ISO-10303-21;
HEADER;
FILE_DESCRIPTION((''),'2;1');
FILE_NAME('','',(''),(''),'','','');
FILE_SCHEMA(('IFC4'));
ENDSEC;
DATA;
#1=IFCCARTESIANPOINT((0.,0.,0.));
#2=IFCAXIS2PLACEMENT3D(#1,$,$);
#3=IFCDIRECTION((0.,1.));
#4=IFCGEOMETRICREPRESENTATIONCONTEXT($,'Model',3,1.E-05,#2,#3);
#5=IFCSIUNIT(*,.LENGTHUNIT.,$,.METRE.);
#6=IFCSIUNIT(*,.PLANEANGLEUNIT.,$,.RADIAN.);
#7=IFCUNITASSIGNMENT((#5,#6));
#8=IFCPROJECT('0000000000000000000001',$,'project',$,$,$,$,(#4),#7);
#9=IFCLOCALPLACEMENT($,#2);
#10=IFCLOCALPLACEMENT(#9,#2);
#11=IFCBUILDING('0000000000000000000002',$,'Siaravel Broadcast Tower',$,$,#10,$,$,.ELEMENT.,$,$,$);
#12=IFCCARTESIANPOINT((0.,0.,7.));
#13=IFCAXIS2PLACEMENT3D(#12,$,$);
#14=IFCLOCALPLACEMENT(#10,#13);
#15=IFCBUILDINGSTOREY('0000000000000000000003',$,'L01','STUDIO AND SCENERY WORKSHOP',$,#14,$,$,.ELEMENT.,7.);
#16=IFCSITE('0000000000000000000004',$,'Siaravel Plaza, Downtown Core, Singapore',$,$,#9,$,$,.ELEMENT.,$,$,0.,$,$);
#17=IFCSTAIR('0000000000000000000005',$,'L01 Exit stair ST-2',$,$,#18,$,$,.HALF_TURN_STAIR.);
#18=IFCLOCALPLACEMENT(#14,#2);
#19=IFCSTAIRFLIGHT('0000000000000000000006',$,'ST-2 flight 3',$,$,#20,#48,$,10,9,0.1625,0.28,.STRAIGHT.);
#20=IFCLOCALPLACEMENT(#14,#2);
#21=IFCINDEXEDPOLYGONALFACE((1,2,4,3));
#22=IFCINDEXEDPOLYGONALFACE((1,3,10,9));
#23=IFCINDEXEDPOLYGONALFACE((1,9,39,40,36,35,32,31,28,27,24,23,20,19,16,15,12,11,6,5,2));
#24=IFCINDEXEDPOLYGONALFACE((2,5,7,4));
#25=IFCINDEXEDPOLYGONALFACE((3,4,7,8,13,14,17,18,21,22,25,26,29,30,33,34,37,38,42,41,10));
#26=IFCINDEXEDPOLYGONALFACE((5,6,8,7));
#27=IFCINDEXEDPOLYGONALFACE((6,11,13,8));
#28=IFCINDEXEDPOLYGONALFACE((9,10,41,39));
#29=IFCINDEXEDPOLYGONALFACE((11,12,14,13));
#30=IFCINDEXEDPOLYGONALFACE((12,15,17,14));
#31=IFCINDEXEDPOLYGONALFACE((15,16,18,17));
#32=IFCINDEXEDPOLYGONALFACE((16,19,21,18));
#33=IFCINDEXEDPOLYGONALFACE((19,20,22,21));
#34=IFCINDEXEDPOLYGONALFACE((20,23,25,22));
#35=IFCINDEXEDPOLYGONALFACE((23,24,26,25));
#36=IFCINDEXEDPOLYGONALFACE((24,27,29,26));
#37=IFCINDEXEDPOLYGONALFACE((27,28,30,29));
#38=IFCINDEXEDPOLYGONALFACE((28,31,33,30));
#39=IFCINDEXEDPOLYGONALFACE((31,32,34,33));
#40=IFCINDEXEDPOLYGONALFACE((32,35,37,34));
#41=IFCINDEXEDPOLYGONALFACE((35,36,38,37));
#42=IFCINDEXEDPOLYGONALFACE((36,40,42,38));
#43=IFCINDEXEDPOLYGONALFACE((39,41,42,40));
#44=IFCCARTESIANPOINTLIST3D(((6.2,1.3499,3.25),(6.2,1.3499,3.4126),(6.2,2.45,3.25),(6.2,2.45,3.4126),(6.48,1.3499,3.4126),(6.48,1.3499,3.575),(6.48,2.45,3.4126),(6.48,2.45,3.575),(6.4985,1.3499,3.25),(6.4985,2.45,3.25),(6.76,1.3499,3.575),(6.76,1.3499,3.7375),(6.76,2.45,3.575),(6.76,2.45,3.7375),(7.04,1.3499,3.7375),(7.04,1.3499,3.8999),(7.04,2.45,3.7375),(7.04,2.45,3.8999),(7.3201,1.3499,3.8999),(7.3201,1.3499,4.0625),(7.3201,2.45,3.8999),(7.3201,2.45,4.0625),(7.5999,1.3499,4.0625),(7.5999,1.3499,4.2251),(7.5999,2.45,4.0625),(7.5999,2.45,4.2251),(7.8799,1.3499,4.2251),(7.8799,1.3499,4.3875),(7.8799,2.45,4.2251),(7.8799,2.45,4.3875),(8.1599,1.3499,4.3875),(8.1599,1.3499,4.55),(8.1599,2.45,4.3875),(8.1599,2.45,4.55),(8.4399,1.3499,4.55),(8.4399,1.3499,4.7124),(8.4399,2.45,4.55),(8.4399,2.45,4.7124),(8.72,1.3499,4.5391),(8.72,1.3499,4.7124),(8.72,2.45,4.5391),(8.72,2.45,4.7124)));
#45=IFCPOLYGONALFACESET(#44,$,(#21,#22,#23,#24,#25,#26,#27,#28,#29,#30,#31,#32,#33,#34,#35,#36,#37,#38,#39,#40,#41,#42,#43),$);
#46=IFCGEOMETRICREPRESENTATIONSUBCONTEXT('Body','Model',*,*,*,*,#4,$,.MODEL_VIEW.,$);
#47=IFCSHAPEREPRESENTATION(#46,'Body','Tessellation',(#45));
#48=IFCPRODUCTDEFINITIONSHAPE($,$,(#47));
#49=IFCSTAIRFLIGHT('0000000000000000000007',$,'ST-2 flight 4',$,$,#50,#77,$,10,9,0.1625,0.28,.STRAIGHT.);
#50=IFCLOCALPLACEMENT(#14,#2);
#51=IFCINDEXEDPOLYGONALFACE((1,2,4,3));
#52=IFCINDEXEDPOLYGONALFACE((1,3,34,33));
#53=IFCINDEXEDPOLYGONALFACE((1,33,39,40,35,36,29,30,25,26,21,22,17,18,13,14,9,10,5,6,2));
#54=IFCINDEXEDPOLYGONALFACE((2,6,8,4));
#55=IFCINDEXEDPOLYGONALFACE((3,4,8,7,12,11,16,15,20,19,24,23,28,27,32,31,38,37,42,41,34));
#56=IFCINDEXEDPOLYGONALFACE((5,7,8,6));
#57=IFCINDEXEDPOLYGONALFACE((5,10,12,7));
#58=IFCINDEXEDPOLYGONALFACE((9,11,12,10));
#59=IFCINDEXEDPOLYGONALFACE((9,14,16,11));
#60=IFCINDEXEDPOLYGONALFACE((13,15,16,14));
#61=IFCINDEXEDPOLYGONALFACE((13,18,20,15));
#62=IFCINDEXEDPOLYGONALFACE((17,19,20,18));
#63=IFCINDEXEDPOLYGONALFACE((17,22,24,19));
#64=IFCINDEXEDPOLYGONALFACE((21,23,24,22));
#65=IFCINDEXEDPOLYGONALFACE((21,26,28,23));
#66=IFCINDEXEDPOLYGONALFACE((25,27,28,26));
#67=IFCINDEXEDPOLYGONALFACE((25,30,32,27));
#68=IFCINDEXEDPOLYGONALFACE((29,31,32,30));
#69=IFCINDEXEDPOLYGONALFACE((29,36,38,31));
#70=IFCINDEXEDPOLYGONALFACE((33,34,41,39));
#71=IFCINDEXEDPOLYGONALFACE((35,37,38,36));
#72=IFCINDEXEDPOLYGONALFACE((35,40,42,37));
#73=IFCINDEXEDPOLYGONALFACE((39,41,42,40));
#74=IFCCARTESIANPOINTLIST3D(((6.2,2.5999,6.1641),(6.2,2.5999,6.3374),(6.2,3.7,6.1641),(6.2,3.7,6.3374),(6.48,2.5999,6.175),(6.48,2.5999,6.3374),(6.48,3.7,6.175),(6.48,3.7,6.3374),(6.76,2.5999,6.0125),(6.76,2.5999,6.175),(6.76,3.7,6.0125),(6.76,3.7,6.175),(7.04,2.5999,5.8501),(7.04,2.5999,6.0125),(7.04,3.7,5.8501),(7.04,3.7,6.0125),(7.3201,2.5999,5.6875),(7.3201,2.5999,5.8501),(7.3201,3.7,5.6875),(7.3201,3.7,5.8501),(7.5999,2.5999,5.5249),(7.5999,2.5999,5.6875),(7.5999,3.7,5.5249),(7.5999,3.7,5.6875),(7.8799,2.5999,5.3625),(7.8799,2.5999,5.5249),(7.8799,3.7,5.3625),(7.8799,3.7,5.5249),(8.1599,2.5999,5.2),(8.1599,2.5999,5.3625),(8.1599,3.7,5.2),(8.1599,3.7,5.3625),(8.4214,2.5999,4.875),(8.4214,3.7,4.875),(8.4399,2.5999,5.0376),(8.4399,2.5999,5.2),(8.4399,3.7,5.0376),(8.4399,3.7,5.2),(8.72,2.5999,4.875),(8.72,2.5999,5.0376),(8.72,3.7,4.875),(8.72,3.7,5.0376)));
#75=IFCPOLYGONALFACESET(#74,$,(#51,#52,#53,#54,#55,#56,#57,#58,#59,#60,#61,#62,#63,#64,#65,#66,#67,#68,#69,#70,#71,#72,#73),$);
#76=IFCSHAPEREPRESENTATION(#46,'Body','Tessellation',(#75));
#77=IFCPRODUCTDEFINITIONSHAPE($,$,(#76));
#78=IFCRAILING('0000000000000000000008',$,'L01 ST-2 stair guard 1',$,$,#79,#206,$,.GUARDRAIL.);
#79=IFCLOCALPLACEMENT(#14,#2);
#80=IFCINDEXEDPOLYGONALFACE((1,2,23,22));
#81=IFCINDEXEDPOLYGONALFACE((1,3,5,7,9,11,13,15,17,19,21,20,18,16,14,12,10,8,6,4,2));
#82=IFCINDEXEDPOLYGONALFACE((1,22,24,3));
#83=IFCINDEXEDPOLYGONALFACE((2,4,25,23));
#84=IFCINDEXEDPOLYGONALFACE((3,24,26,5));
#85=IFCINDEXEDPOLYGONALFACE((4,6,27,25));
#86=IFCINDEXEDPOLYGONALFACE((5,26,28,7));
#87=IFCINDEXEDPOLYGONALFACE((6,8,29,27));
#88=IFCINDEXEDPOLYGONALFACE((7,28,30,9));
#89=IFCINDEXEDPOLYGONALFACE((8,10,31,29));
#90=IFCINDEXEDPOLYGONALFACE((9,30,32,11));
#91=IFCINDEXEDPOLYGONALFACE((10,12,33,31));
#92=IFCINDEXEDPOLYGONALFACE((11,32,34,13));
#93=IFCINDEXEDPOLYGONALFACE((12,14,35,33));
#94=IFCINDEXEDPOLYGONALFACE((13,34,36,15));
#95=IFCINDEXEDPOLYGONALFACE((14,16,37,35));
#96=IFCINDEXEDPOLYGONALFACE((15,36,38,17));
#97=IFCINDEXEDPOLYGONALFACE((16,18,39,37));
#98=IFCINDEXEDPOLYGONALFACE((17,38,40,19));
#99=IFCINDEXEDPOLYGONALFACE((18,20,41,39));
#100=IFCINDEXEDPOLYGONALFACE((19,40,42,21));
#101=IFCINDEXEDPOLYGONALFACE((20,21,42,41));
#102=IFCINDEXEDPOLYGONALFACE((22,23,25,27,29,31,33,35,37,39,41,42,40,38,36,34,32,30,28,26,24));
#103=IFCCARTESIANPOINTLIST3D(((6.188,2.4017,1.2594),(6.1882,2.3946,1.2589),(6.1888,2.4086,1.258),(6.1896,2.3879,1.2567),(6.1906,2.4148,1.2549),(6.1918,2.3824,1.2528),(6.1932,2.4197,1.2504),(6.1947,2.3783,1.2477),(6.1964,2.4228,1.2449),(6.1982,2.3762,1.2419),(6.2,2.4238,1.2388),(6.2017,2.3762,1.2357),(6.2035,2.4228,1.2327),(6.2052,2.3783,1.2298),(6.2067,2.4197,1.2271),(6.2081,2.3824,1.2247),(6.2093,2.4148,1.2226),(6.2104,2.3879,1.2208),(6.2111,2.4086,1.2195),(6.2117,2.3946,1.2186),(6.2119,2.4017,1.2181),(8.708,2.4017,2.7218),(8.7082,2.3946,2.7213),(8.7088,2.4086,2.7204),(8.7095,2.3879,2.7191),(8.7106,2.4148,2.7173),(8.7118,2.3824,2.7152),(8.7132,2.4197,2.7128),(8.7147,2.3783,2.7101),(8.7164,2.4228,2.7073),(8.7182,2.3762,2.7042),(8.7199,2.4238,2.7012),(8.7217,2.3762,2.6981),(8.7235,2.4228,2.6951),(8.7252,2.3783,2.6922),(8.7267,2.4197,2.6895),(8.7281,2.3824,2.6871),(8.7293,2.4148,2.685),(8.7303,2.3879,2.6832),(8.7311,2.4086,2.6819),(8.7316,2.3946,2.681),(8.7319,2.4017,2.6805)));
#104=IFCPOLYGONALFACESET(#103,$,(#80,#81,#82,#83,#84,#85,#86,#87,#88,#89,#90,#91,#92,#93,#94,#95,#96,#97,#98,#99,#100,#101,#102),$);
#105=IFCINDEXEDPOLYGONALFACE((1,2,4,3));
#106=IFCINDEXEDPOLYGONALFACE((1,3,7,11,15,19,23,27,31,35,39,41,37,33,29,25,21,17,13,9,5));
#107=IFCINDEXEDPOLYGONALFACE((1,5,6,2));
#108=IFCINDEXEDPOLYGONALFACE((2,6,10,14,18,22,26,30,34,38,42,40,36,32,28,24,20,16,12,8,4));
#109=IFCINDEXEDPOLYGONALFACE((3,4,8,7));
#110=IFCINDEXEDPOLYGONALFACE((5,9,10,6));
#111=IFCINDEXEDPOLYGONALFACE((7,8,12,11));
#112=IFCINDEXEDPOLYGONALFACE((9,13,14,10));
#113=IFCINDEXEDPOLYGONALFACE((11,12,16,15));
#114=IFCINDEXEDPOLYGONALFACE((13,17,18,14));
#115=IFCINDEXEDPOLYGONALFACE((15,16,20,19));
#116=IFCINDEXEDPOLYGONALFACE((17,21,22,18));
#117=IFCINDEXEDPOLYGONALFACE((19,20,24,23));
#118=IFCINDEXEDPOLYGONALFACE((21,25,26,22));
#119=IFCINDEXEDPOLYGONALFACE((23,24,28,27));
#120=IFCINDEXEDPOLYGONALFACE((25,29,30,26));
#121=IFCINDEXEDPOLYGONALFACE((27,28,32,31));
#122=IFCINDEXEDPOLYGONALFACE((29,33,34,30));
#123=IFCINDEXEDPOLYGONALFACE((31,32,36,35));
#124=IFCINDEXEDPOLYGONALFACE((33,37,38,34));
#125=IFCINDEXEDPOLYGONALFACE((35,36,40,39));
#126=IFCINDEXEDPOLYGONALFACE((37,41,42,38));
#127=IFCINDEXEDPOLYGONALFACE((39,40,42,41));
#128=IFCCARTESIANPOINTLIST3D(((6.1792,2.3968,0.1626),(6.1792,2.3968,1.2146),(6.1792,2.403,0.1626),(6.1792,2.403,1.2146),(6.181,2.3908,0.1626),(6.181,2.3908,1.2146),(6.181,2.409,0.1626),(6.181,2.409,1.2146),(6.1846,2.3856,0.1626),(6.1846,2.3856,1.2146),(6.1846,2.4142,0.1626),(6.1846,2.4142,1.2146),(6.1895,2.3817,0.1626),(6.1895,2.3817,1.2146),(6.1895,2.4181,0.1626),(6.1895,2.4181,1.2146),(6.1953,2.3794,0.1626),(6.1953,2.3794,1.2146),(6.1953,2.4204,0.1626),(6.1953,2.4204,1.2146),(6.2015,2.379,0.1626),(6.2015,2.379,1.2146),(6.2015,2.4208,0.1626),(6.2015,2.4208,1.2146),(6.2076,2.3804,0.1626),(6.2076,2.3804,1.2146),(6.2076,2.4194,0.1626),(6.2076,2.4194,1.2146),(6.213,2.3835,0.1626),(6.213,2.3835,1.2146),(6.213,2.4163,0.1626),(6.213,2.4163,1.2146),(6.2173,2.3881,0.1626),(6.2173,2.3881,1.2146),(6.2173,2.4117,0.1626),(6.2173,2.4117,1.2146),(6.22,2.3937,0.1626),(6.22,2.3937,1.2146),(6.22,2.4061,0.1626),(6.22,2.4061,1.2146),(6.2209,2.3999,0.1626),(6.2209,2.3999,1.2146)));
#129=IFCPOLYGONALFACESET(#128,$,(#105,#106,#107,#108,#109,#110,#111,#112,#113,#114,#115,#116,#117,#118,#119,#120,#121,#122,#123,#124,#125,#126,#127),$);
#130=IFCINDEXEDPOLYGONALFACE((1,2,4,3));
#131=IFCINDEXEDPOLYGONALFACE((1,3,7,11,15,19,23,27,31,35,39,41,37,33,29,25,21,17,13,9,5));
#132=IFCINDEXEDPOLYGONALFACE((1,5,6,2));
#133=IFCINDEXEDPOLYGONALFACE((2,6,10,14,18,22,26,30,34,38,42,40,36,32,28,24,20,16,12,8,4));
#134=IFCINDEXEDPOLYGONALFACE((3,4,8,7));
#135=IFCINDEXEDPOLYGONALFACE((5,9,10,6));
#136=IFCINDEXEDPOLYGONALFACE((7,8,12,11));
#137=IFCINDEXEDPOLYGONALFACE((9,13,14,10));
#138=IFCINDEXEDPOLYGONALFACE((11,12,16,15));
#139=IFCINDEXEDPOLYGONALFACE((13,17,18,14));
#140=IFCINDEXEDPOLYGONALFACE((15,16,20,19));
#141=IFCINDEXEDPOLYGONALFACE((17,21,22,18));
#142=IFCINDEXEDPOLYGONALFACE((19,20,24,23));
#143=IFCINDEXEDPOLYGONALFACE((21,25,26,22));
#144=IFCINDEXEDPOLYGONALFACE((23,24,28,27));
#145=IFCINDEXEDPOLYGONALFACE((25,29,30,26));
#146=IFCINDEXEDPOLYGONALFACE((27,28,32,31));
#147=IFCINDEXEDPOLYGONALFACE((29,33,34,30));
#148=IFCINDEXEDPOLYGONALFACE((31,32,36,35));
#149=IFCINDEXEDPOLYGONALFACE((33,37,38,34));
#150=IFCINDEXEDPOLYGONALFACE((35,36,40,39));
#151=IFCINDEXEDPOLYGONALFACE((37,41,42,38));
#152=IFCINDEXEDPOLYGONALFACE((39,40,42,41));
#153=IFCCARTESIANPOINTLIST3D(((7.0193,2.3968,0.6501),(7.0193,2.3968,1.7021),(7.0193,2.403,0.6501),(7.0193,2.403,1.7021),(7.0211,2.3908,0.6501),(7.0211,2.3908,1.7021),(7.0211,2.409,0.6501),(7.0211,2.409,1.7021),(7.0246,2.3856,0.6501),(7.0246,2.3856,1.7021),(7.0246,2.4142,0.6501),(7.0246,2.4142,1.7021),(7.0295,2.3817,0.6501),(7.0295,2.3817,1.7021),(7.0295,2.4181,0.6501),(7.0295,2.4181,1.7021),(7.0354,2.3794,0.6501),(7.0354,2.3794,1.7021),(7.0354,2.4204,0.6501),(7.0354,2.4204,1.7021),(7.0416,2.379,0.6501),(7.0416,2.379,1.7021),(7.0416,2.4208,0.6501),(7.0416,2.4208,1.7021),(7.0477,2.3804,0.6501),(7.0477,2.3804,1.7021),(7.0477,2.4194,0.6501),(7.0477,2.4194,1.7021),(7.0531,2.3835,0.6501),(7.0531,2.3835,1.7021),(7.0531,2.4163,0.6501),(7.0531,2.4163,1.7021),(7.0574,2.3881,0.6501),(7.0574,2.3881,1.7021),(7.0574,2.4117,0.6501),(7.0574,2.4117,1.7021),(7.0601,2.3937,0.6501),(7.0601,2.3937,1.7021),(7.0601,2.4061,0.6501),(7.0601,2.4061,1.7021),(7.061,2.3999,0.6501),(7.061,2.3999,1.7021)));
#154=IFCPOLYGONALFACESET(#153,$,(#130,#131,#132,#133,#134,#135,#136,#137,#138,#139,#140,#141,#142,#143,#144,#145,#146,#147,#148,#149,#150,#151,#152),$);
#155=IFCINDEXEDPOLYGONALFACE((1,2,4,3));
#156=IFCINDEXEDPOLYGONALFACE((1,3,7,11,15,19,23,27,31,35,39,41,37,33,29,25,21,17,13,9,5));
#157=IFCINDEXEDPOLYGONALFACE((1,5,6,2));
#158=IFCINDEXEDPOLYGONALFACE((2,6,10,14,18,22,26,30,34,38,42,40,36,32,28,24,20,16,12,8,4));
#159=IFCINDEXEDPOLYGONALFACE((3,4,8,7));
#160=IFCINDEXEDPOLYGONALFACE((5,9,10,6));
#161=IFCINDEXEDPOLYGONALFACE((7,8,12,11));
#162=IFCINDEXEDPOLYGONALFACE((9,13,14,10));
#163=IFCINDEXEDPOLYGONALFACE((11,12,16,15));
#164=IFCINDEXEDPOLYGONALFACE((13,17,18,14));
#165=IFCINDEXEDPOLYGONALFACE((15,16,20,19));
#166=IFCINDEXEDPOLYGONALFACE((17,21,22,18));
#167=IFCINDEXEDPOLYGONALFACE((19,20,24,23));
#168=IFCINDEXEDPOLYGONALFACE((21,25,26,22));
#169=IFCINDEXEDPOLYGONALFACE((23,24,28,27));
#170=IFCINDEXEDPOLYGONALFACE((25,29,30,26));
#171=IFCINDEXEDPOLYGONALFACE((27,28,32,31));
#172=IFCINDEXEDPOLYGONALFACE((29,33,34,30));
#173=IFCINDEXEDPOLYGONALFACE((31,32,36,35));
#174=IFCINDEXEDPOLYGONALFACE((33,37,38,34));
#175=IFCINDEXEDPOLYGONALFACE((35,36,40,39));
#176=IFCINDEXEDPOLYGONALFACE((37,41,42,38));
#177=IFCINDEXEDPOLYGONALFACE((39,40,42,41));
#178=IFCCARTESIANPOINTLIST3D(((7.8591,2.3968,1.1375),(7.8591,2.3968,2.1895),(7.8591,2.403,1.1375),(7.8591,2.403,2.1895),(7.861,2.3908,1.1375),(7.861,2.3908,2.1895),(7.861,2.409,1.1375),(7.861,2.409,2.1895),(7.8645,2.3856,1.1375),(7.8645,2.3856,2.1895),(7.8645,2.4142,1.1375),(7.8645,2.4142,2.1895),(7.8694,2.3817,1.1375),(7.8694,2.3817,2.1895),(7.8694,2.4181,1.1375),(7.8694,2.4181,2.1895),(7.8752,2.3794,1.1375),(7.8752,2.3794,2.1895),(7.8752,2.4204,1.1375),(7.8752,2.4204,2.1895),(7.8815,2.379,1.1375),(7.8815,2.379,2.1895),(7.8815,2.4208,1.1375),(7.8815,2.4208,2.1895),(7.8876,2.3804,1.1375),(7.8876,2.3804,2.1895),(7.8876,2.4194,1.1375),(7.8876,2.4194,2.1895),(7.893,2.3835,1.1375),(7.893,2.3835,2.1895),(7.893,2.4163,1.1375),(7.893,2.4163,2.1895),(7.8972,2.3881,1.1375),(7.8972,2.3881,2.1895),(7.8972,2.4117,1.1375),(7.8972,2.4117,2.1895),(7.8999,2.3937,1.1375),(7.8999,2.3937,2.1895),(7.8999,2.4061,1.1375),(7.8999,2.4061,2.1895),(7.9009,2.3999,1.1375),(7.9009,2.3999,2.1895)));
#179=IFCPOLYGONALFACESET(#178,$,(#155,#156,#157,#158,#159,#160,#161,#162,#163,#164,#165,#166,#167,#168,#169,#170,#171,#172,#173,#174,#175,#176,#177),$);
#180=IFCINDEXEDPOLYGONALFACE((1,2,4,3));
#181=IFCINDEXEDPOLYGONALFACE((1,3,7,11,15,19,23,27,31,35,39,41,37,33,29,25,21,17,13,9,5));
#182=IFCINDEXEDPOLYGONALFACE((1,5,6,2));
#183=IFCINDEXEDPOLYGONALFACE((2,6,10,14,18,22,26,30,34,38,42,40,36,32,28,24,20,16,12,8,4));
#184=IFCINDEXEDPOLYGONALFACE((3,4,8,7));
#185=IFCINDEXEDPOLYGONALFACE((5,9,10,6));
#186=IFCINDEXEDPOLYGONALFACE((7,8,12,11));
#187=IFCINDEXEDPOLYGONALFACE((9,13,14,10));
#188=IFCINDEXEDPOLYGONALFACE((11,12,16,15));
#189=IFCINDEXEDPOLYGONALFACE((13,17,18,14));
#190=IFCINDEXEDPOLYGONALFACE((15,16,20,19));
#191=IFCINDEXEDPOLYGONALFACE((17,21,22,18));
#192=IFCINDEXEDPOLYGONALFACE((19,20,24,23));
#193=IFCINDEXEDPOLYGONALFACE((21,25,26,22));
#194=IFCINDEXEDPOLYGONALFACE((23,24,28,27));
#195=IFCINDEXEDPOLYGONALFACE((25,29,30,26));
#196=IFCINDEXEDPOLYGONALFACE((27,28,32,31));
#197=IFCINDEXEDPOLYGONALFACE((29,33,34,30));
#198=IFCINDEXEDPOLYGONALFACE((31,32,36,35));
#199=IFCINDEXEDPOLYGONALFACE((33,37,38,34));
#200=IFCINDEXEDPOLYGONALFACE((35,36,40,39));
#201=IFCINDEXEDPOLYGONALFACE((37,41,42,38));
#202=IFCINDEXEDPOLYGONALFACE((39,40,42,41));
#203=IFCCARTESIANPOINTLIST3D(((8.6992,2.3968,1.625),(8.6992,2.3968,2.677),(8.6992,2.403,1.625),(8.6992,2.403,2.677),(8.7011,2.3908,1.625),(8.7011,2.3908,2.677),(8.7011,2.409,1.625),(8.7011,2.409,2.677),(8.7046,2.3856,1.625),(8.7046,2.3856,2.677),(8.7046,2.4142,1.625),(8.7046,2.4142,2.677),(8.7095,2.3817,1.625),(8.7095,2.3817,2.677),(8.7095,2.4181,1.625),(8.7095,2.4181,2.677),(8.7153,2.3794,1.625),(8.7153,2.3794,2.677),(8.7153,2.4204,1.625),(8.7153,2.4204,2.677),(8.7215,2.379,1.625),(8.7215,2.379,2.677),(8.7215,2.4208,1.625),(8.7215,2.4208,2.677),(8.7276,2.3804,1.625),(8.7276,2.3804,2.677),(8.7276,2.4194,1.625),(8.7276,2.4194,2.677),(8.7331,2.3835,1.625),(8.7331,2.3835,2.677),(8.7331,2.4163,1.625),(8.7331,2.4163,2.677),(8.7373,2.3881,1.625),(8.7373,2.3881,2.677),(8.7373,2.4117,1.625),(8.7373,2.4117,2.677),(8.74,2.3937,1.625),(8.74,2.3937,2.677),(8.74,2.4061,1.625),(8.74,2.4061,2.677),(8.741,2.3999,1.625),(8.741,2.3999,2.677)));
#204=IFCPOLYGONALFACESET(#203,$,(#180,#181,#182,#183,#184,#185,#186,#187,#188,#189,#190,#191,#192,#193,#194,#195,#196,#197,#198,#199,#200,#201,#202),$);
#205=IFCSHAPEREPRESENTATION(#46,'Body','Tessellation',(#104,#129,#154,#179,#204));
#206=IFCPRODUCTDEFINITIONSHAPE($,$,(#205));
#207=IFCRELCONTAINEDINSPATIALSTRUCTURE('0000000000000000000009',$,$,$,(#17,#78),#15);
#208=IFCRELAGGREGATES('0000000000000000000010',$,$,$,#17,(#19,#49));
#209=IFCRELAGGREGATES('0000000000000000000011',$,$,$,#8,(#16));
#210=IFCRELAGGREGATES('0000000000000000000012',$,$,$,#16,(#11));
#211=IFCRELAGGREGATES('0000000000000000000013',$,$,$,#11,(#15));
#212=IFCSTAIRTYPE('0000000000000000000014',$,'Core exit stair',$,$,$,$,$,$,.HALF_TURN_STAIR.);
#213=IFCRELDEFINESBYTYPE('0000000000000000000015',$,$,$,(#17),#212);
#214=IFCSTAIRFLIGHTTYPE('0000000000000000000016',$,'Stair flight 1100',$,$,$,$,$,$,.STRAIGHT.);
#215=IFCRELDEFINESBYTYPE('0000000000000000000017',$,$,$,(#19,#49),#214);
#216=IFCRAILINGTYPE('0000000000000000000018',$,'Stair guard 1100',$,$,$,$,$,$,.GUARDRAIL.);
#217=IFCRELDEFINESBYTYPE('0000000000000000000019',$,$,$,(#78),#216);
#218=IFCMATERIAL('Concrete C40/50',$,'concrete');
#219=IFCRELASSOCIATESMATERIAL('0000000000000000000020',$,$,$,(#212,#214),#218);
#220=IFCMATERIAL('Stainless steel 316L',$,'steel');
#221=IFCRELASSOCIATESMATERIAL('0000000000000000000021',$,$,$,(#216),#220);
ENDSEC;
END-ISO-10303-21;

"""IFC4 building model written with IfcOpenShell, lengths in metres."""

from ifc_helpers import new_model, si_unit, direction, frame, origin, origin_2d, place, context, subcontext, project, spatial, polyline, circle, outline, extrude, material, type_object, element, aggregate, save


model = new_model("IFC4")

# Units and contexts
model_context = context("Model", 3, precision=1e-05, world=origin(), true_north=direction((0.0, 1.0)))
body_context = subcontext(model_context, "Body", "Model", "MODEL_VIEW")
ifc_project = project(units=[si_unit("LENGTHUNIT", "METRE"), si_unit("PLANEANGLEUNIT", "RADIAN")], contexts=[model_context])

# Site, building, storey
site_placement = place(None, origin())
site = spatial("IfcSite", under=ifc_project, at=site_placement, Name="Siaravel Plaza, Downtown Core, Singapore", CompositionType="ELEMENT", RefElevation=0.0)
building_placement = place(site_placement, origin())
building = spatial("IfcBuilding", under=site, at=building_placement, Name="Siaravel Broadcast Tower", CompositionType="ELEMENT")
storey_placement = place(building_placement, frame((0.0, 0.0, 7.0)))
storey = spatial("IfcBuildingStorey", under=building, at=storey_placement, Name="L01", Description="STUDIO AND SCENERY WORKSHOP", CompositionType="ELEMENT", Elevation=7.0)

# Stair, stair flights
ifc_material_1 = material(Name="Concrete C40/50", Category="concrete")
stair_type = type_object("IfcStairType", Name="Core exit stair", PredefinedType="HALF_TURN_STAIR", material=ifc_material_1)
stair_placement = place(storey_placement, origin())
stair = element("IfcStair", 1, at=stair_placement, inside=storey, type_object=stair_type, Name="L01 Exit stair ST-2", PredefinedType="HALF_TURN_STAIR")
stair_flight_type = type_object("IfcStairFlightType", Name="Stair flight 1100", PredefinedType="STRAIGHT", material=ifc_material_1)
stair_flight_1_placement = place(storey_placement, frame((6.2, 1.8999, 3.25), z_axis=(0.0, 0.0, 1.0), x_axis=(1.0, 0.0, 0.0)))
stair_flight_1 = element("IfcStairFlight", 2, at=stair_flight_1_placement, type_object=stair_flight_type, Name="ST-2 flight 3", NumberOfRisers=10, NumberOfTreads=9, PredefinedType="STRAIGHT", RiserHeight=0.1625, TreadLength=0.28, context=body_context, shape_type="SweptSolid", body=[
    extrude(outline(polyline([(0.0, 0.0), (0.0, 0.1626), (0.28, 0.1626), (0.28, 0.325), (0.5601, 0.325), (0.5601, 0.4875), (0.8401, 0.4875), (0.8401, 0.6499), (1.1201, 0.6499), (1.1201, 0.8125), (1.3999, 0.8125), (1.3999, 0.9751), (1.6799, 0.9751), (1.6799, 1.1375), (1.96, 1.1375), (1.96, 1.3), (2.24, 1.3), (2.24, 1.4624), (2.52, 1.4624), (2.52, 1.625), (2.52, 1.2891), (0.2986, 0.0), (0.0, 0.0)])), frame((0.0, 0.55, 0.0), z_axis=(0.0, -1.0, 0.0), x_axis=(1.0, 0.0, 0.0)), (0.0, 0.0, 1.0), 1.1001),
])
stair_flight_2_placement = place(storey_placement, frame((8.72, 3.1499, 4.875), z_axis=(0.0, 0.0, 1.0), x_axis=(-1.0, 0.0, 0.0)))
stair_flight_2 = element("IfcStairFlight", 3, at=stair_flight_2_placement, type_object=stair_flight_type, Name="ST-2 flight 4", NumberOfRisers=10, NumberOfTreads=9, PredefinedType="STRAIGHT", RiserHeight=0.1625, TreadLength=0.28, context=body_context, shape_type="SweptSolid", body=[
    extrude(outline(polyline([(0.0, 0.0), (0.0, 0.1626), (0.28, 0.1626), (0.28, 0.325), (0.5601, 0.325), (0.5601, 0.4875), (0.8401, 0.4875), (0.8401, 0.6499), (1.1201, 0.6499), (1.1201, 0.8125), (1.3999, 0.8125), (1.3999, 0.9751), (1.6799, 0.9751), (1.6799, 1.1375), (1.96, 1.1375), (1.96, 1.3), (2.24, 1.3), (2.24, 1.4624), (2.52, 1.4624), (2.52, 1.625), (2.52, 1.2891), (0.2986, 0.0), (0.0, 0.0)])), frame((0.0, 0.55, 0.0), z_axis=(0.0, -1.0, 0.0), x_axis=(1.0, 0.0, 0.0)), (0.0, 0.0, 1.0), 1.1001),
])
aggregate(stair, [stair_flight_1, stair_flight_2])

# Railing
ifc_material_2 = material(Name="Stainless steel 316L", Category="steel")
railing_type_1 = type_object("IfcRailingType", Name="Stair guard 1100", PredefinedType="GUARDRAIL", material=ifc_material_2)
railing_1_placement = place(storey_placement, frame((6.2, 2.3999, 0.1626)))
element("IfcRailing", 4, at=railing_1_placement, inside=storey, type_object=railing_type_1, Name="L01 ST-2 stair guard 1", PredefinedType="GUARDRAIL", context=body_context, shape_type="SweptSolid", body=[
    extrude(circle(Radius=0.0239, at=origin_2d()), frame((0.0, 0.0, 1.0762), z_axis=(0.864913, 0.0, 0.501921), x_axis=(0.0, 1.0, 0.0)), (0.0, 0.0, 1.0), 2.9136),
    extrude(circle(Radius=0.021, at=origin_2d()), origin(), (0.0, 0.0, 1.0), 1.052),
    extrude(circle(Radius=0.021, at=origin_2d()), frame((0.8401, 0.0, 0.4875)), (0.0, 0.0, 1.0), 1.052),
    extrude(circle(Radius=0.021, at=origin_2d()), frame((1.6799, 0.0, 0.9749)), (0.0, 0.0, 1.0), 1.052),
    extrude(circle(Radius=0.021, at=origin_2d()), frame((2.52, 0.0, 1.4624)), (0.0, 0.0, 1.0), 1.052),
])

save(model, "model.ifc")
